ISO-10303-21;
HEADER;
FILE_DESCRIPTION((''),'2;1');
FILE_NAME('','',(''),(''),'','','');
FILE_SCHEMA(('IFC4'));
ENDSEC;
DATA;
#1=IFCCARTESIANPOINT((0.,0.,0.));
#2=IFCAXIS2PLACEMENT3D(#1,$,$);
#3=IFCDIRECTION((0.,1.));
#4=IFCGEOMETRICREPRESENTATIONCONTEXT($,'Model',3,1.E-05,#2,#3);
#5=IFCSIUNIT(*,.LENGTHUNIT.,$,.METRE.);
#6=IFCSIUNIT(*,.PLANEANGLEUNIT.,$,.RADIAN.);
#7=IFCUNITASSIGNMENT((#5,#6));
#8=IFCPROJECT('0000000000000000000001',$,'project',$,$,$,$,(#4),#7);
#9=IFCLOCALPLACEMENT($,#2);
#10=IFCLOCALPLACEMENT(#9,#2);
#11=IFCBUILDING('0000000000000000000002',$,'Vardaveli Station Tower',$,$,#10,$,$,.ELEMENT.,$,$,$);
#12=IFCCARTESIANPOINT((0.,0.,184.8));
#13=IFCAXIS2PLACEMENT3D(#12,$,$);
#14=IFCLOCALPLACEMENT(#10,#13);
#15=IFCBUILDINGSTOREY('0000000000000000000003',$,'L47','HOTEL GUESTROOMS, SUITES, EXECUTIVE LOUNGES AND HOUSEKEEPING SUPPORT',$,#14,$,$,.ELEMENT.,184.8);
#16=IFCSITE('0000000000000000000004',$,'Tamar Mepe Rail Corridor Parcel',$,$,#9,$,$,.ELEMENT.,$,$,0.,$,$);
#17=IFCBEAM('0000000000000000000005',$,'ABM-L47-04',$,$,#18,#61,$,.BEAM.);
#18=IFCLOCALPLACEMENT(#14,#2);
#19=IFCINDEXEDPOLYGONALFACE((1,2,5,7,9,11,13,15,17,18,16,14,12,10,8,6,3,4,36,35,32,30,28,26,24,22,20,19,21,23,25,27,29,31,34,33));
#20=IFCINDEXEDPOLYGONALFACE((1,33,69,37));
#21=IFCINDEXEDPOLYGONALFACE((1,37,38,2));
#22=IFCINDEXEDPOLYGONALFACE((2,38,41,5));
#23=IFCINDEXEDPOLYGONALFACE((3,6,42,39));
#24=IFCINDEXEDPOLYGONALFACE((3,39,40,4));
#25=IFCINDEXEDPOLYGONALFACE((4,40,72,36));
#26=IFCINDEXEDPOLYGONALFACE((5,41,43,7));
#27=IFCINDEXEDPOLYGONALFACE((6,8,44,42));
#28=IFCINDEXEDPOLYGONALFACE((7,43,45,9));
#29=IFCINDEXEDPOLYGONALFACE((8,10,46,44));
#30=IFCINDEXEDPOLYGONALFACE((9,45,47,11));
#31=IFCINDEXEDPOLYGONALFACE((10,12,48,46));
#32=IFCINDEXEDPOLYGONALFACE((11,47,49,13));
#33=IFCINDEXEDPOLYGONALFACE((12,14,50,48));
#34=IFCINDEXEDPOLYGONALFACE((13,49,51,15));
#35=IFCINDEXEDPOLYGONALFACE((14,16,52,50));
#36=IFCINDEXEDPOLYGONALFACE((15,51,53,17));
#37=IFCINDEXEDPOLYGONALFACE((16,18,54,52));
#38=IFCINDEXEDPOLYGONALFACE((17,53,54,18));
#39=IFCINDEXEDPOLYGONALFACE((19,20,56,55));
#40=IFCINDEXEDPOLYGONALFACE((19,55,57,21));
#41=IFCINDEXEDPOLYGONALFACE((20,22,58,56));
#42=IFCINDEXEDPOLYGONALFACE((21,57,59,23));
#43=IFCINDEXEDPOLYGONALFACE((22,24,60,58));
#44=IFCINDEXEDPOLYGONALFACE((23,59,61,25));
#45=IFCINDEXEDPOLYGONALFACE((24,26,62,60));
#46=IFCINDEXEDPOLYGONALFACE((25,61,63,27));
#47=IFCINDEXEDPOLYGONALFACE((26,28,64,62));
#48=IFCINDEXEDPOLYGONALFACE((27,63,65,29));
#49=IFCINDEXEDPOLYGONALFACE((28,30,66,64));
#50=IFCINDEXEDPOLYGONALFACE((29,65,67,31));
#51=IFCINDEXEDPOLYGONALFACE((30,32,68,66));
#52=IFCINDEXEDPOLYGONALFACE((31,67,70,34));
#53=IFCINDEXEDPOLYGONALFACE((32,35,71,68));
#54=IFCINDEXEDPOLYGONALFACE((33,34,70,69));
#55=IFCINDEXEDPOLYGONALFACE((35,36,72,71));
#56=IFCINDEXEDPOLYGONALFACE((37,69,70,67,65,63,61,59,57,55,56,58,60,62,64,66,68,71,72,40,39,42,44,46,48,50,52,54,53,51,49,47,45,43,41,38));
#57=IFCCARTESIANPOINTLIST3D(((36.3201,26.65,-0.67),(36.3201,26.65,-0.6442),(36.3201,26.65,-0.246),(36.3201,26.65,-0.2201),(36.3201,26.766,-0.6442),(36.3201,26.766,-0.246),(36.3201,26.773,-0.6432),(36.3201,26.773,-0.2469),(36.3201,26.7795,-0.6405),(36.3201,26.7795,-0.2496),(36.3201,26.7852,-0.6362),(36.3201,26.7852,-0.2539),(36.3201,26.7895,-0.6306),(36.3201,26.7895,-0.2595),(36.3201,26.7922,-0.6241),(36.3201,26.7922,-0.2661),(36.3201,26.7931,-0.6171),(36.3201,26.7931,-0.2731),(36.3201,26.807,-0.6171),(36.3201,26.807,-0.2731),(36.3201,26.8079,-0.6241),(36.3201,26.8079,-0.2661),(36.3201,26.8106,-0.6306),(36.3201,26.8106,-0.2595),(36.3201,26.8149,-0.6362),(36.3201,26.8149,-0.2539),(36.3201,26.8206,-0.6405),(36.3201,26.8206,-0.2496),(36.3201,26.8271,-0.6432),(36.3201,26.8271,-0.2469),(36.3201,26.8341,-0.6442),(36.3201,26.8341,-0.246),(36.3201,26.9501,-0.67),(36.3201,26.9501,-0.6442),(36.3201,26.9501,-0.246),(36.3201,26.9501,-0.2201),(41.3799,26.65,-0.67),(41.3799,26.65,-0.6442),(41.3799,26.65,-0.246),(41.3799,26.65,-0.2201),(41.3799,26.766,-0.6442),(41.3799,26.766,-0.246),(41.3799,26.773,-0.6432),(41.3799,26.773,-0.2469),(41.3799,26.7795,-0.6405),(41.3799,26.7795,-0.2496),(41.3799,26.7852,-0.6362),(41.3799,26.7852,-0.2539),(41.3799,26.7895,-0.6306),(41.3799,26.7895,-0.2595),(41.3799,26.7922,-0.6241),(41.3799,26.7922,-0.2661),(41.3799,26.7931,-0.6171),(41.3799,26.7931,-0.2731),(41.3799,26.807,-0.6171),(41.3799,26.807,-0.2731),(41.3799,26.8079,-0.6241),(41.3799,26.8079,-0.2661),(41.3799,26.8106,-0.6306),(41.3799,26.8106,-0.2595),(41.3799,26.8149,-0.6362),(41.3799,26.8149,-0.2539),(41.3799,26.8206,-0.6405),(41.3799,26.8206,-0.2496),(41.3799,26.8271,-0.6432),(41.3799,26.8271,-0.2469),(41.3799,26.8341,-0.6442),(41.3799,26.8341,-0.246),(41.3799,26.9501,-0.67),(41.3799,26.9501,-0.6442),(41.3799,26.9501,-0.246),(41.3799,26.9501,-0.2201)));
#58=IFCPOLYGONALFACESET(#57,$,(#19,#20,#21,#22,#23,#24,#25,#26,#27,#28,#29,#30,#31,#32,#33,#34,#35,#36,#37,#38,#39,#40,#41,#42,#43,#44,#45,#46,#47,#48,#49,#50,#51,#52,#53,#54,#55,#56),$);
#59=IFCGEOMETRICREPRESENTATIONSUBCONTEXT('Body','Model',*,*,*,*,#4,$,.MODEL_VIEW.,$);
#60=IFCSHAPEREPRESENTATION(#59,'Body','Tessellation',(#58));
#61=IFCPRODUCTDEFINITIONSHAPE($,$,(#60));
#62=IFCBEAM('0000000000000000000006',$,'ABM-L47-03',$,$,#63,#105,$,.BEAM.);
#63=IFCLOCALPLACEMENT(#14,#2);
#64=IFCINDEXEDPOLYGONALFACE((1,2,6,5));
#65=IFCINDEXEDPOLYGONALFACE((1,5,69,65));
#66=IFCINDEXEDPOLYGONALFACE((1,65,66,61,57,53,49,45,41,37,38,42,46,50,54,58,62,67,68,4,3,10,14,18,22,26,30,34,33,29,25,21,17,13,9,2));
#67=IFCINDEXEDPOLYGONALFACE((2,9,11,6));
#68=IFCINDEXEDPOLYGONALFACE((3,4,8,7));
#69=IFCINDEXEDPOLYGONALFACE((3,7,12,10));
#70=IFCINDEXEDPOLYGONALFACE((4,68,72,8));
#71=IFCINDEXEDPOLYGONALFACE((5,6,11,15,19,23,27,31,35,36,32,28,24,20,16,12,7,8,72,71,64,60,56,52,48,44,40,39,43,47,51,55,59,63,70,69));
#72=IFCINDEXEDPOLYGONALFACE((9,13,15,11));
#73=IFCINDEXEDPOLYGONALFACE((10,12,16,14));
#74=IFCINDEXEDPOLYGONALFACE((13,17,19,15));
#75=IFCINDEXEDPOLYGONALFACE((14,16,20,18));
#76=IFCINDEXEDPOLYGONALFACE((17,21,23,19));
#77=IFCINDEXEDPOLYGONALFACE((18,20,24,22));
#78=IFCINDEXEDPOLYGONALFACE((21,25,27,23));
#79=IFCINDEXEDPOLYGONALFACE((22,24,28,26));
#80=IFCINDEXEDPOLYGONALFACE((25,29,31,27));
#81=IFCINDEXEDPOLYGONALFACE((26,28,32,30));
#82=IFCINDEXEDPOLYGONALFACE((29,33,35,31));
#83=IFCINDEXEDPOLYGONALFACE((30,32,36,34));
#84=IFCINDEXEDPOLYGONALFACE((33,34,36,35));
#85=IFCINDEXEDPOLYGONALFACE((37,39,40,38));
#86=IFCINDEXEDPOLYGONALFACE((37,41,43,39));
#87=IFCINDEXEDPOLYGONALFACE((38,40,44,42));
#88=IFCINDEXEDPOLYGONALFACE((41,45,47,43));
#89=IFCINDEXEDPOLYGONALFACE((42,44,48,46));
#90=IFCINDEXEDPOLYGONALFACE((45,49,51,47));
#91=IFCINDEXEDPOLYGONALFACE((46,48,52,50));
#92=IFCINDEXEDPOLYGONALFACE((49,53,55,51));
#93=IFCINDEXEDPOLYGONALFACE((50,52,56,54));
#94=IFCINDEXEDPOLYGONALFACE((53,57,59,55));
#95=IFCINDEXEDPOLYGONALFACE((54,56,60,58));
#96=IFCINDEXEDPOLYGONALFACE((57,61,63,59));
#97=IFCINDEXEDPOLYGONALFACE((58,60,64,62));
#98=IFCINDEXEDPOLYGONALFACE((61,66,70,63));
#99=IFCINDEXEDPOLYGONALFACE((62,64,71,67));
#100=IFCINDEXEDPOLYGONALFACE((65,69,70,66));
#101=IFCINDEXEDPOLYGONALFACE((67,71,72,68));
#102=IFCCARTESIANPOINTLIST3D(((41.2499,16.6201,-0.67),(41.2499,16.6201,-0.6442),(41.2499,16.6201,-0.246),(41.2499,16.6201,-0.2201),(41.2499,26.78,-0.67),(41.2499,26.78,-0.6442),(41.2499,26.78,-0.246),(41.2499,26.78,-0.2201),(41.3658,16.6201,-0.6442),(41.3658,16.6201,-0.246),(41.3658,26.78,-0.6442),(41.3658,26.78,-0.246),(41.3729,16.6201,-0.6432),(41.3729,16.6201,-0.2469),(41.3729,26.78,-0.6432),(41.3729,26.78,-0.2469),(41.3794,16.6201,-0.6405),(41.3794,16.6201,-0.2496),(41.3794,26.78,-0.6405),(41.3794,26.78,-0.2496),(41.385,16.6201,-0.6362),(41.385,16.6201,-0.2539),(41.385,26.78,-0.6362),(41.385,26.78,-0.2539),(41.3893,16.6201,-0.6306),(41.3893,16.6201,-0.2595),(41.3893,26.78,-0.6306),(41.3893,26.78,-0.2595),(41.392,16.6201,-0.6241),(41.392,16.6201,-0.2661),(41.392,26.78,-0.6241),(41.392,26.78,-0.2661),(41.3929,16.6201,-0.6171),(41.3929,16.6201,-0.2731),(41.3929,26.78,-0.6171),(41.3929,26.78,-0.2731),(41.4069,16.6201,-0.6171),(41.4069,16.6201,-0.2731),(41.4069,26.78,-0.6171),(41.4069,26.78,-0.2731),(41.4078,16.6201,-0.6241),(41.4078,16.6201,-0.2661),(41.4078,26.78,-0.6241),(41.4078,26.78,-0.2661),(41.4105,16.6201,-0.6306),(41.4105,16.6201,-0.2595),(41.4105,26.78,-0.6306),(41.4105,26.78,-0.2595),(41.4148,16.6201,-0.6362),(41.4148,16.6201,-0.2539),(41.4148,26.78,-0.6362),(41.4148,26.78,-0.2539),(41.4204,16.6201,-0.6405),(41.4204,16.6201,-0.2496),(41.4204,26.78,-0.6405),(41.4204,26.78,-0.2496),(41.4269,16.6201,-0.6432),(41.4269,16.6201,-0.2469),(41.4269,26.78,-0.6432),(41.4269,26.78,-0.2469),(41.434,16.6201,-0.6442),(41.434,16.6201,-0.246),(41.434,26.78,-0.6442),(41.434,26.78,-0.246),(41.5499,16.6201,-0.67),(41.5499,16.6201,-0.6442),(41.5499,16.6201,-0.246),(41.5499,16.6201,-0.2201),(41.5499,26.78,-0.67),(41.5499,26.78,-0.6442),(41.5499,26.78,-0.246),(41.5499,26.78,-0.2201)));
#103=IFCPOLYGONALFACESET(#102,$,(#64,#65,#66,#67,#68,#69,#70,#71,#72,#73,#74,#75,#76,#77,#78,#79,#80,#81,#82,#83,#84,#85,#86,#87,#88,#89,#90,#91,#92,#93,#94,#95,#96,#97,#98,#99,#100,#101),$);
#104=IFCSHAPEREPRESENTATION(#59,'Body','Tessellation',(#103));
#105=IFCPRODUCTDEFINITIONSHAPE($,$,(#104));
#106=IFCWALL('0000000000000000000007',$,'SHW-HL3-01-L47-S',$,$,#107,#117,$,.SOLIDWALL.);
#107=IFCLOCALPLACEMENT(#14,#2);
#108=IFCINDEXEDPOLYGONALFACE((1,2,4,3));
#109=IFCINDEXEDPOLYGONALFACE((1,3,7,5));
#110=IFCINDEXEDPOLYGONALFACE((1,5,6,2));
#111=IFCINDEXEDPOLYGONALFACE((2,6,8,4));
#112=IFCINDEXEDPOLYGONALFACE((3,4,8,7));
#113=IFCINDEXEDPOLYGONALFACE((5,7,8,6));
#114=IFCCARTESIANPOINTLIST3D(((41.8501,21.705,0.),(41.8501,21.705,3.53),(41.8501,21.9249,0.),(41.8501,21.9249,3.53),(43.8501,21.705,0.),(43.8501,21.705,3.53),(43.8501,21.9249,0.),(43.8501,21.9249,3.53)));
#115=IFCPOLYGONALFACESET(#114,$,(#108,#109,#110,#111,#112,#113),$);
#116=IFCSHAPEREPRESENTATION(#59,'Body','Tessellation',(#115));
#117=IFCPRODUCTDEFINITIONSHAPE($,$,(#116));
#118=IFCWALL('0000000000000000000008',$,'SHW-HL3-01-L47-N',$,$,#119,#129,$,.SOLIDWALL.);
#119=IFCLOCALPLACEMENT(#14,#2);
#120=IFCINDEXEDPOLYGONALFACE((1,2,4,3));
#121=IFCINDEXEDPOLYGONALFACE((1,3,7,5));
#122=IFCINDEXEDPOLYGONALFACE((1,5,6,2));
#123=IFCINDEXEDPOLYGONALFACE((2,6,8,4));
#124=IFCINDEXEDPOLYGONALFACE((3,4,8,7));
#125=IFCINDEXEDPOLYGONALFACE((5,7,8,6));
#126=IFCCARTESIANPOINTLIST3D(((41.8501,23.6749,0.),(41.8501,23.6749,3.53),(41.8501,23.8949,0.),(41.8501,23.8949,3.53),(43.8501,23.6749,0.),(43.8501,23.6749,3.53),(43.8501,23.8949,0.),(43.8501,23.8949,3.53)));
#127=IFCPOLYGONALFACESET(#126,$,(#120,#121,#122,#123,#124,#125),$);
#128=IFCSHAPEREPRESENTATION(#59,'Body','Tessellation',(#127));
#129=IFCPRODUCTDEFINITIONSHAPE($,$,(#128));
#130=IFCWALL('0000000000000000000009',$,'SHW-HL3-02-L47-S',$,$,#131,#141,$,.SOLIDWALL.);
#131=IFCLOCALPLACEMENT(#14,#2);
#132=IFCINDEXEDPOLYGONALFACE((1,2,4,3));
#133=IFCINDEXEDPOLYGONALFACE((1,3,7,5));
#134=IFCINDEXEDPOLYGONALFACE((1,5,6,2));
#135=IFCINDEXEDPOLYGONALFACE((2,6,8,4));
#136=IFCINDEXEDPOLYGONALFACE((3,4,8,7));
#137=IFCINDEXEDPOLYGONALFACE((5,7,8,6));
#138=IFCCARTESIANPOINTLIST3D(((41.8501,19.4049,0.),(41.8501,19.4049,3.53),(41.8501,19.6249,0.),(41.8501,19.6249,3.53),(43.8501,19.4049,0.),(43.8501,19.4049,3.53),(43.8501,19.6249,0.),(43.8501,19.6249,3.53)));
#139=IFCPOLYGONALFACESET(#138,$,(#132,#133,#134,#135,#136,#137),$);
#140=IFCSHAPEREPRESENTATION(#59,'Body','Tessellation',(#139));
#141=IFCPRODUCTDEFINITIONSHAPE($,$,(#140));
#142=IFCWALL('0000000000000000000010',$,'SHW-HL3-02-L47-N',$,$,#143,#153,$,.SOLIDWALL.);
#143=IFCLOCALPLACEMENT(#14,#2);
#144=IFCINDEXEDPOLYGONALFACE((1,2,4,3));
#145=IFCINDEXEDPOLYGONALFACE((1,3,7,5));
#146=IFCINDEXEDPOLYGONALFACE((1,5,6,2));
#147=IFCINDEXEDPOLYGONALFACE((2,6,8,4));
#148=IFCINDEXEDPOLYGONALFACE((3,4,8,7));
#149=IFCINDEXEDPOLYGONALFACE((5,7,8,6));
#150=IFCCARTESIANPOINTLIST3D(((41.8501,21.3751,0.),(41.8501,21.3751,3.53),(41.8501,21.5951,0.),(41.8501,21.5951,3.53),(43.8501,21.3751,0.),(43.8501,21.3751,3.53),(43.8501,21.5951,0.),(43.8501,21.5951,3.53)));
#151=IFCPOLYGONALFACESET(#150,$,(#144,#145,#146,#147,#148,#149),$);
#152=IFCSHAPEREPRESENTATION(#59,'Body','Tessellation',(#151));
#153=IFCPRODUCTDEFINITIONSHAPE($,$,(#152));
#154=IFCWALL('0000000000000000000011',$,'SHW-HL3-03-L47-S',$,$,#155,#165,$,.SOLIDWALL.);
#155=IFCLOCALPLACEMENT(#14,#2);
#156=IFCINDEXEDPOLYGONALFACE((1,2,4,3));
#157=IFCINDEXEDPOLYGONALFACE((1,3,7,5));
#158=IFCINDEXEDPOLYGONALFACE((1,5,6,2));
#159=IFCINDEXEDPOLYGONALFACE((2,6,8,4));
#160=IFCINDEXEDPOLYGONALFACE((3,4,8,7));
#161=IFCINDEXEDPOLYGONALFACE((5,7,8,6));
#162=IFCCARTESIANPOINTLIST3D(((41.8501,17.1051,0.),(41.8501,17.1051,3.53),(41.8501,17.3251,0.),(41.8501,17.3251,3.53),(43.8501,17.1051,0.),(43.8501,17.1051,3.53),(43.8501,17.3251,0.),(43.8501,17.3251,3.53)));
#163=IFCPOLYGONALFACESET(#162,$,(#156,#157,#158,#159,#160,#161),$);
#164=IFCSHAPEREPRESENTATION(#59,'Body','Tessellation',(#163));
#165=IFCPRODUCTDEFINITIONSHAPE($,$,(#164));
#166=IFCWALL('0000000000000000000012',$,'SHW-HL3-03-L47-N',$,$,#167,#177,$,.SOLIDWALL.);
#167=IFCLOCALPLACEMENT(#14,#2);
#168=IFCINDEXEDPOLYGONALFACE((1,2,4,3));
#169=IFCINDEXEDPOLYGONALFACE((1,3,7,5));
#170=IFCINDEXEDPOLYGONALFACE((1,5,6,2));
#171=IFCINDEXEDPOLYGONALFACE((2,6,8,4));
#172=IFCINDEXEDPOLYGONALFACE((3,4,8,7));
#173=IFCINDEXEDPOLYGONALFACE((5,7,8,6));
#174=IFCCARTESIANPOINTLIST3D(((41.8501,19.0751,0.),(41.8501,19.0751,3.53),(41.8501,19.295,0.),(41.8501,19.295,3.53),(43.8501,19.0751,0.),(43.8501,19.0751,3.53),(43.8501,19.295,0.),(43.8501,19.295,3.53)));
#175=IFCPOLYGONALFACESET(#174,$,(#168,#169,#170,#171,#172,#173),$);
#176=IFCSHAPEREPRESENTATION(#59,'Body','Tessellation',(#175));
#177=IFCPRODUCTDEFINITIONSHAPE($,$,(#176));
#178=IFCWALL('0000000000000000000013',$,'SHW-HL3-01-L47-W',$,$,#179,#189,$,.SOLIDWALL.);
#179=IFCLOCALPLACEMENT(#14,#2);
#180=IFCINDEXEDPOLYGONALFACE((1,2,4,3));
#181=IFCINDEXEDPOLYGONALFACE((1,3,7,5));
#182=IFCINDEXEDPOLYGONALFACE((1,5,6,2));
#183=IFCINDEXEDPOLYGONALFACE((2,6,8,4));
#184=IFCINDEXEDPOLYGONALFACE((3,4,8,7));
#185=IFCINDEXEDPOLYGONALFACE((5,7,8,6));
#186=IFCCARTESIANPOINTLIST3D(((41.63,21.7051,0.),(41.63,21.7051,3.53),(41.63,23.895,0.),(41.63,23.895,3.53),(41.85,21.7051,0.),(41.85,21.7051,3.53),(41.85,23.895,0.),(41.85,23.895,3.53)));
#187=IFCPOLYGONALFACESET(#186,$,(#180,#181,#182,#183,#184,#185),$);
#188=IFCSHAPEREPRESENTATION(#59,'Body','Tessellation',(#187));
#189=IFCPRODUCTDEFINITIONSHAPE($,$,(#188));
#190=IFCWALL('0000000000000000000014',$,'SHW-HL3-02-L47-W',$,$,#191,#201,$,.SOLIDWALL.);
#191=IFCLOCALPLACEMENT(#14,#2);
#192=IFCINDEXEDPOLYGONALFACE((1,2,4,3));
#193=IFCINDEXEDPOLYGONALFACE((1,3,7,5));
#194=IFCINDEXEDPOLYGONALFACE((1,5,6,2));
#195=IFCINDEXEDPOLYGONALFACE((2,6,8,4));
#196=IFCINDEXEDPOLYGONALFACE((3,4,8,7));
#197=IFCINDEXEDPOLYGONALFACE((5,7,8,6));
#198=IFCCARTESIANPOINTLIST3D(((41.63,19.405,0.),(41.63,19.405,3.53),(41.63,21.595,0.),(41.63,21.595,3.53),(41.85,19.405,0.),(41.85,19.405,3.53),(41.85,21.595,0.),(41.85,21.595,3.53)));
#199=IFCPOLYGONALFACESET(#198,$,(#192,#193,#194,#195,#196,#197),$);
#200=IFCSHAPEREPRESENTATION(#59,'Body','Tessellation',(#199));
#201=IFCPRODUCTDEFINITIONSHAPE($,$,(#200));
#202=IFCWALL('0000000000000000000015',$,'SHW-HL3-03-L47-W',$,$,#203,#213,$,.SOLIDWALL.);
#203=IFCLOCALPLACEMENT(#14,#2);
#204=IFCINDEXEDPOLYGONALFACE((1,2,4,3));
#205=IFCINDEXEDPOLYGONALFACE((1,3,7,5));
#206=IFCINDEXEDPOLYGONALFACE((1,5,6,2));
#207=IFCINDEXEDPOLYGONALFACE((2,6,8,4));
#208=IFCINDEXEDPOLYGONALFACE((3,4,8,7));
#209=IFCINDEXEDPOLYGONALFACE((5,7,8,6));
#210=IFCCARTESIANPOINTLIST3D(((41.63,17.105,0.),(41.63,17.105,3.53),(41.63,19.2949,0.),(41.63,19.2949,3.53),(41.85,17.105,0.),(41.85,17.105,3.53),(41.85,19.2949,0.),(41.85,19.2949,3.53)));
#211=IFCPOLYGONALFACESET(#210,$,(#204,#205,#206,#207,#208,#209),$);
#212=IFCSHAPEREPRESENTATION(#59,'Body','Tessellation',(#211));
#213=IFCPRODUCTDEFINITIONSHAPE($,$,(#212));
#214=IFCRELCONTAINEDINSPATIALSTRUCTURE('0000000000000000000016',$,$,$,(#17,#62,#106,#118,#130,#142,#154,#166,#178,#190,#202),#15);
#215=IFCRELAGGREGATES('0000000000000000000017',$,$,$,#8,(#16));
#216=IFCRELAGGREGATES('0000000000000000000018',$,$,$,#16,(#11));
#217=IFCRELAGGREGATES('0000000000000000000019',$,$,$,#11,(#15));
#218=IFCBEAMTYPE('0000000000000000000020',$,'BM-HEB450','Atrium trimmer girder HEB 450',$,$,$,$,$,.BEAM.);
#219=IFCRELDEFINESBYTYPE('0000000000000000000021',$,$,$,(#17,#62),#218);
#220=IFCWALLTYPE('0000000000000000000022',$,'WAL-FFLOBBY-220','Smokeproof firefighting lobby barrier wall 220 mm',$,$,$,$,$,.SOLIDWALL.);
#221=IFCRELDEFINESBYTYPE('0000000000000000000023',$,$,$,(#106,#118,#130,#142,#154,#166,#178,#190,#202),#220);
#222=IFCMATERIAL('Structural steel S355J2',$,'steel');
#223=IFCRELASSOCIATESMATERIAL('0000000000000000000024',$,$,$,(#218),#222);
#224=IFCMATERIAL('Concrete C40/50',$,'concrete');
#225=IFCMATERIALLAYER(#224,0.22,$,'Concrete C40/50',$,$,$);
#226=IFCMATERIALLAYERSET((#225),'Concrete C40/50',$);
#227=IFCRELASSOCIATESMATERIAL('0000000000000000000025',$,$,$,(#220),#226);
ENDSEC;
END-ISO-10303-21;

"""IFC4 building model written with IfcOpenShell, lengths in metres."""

from ifc_helpers import new_model, si_unit, direction, frame, frame_2d, origin, origin_2d, place, context, subcontext, project, spatial, rectangle, i_section, extrude, source, transform, mapped, material, layer, layer_set, material_profile, profile_set, type_object, element, save


model = new_model("IFC4")

# Units and contexts
model_context = context("Model", 3, precision=1e-05, world=origin(), true_north=direction((0.0, 1.0)))
body_context = subcontext(model_context, "Body", "Model", "MODEL_VIEW")
ifc_project = project(units=[si_unit("LENGTHUNIT", "METRE"), si_unit("PLANEANGLEUNIT", "RADIAN")], contexts=[model_context])

# Site, building, storey
site_placement = place(None, origin())
site = spatial("IfcSite", under=ifc_project, at=site_placement, Name="Tamar Mepe Rail Corridor Parcel", CompositionType="ELEMENT", RefElevation=0.0)
building_placement = place(site_placement, origin())
building = spatial("IfcBuilding", under=site, at=building_placement, Name="Vardaveli Station Tower", CompositionType="ELEMENT")
storey_placement = place(building_placement, frame((0.0, 0.0, 184.8)))
storey = spatial("IfcBuildingStorey", under=building, at=storey_placement, Name="L47", Description="HOTEL GUESTROOMS, SUITES, EXECUTIVE LOUNGES AND HOUSEKEEPING SUPPORT", CompositionType="ELEMENT", Elevation=184.8)

# Beams
ifc_material_1 = material(Name="Structural steel S355J2", Category="steel")
ifc_material_profile_1 = material_profile(ifc_material_1, i_section(OverallWidth=0.3, OverallDepth=0.45, WebThickness=0.0139, FlangeThickness=0.0259, FilletRadius=0.0271, at=origin_2d()), Name="HEB 450")
ifc_profile_set_1 = profile_set([ifc_material_profile_1], Name="Structural steel S355J2")
beam_type = type_object("IfcBeamType", Name="BM-HEB450", Description="Atrium trimmer girder HEB 450", PredefinedType="BEAM", material=ifc_profile_set_1)
shared_shape_1 = source(origin(), body_context, "Body", "SweptSolid", [
    extrude(i_section(OverallWidth=0.3, OverallDepth=0.45, WebThickness=0.0139, FlangeThickness=0.0259, FilletRadius=0.0271, at=origin_2d()), origin(), (0.0, 0.0, 1.0), 5.0598),
])
beam_1_placement = place(storey_placement, frame((41.3799, 26.8, -0.4451), z_axis=(-1.0, 0.0, 0.0), x_axis=(0.0, -1.0, 0.0)))
element("IfcBeam", 1, at=beam_1_placement, inside=storey, type_object=beam_type, Name="ABM-L47-04", PredefinedType="BEAM", context=body_context, shape_type="MappedRepresentation", body=[
    mapped(shared_shape_1, transform((0.0, 0.0, 0.0), scale=1.0)),
])
shared_shape_2 = source(origin(), body_context, "Body", "SweptSolid", [
    extrude(i_section(OverallWidth=0.3, OverallDepth=0.45, WebThickness=0.0139, FlangeThickness=0.0259, FilletRadius=0.0271, at=origin_2d()), origin(), (0.0, 0.0, 1.0), 10.1599),
])
beam_2_placement = place(storey_placement, frame((41.3999, 16.6201, -0.4451), z_axis=(0.0, 1.0, 0.0), x_axis=(-1.0, 0.0, 0.0)))
element("IfcBeam", 2, at=beam_2_placement, inside=storey, type_object=beam_type, Name="ABM-L47-03", PredefinedType="BEAM", context=body_context, shape_type="MappedRepresentation", body=[
    mapped(shared_shape_2, transform((0.0, 0.0, 0.0), scale=1.0)),
])

# Walls
ifc_material_2 = material(Name="Concrete C40/50", Category="concrete")
ifc_layer_1 = layer(ifc_material_2, 0.22, Name="Concrete C40/50")
ifc_layer_set_1 = layer_set([ifc_layer_1], Name="Concrete C40/50")
wall_type_1 = type_object("IfcWallType", Name="WAL-FFLOBBY-220", Description="Smokeproof firefighting lobby barrier wall 220 mm", PredefinedType="SOLIDWALL", material=ifc_layer_set_1)
shared_shape_3 = source(origin(), body_context, "Body", "SweptSolid", [
    extrude(rectangle(XDim=2.0, YDim=0.22, at=frame_2d((1.0, 0.0))), origin(), (0.0, 0.0, 1.0), 3.53),
])
for number, where, z_axis, x_axis, name in (
    (3, (41.8501, 21.8149, 0.0), (0.0, 0.0, 1.0), (1.0, 0.0, 0.0), "SHW-HL3-01-L47-S"),
    (4, (41.8501, 23.7849, 0.0), (0.0, 0.0, 1.0), (1.0, 0.0, 0.0), "SHW-HL3-01-L47-N"),
    (5, (41.8501, 19.5149, 0.0), (0.0, 0.0, 1.0), (1.0, 0.0, 0.0), "SHW-HL3-02-L47-S"),
    (6, (41.8501, 21.4851, 0.0), (0.0, 0.0, 1.0), (1.0, 0.0, 0.0), "SHW-HL3-02-L47-N"),
    (7, (41.8501, 17.2151, 0.0), (0.0, 0.0, 1.0), (1.0, 0.0, 0.0), "SHW-HL3-03-L47-S"),
    (8, (41.8501, 19.1851, 0.0), (0.0, 0.0, 1.0), (1.0, 0.0, 0.0), "SHW-HL3-03-L47-N"),
):
    element("IfcWall", number, at=place(storey_placement, frame(where, z_axis=z_axis, x_axis=x_axis)), inside=storey, type_object=wall_type_1, Name=name, PredefinedType="SOLIDWALL", context=body_context, shape_type="MappedRepresentation", body=[
        mapped(shared_shape_3, transform((0.0, 0.0, 0.0), scale=1.0)),
    ])
shared_shape_4 = source(origin(), body_context, "Body", "SweptSolid", [
    extrude(rectangle(XDim=2.1899, YDim=0.22, at=frame_2d((1.095, 0.0))), origin(), (0.0, 0.0, 1.0), 3.53),
])
for number, where, z_axis, x_axis, name in (
    (9, (41.74, 21.7051, 0.0), (0.0, 0.0, 1.0), (0.0, 1.0, 0.0), "SHW-HL3-01-L47-W"),
    (10, (41.74, 19.405, 0.0), (0.0, 0.0, 1.0), (0.0, 1.0, 0.0), "SHW-HL3-02-L47-W"),
    (11, (41.74, 17.105, 0.0), (0.0, 0.0, 1.0), (0.0, 1.0, 0.0), "SHW-HL3-03-L47-W"),
):
    element("IfcWall", number, at=place(storey_placement, frame(where, z_axis=z_axis, x_axis=x_axis)), inside=storey, type_object=wall_type_1, Name=name, PredefinedType="SOLIDWALL", context=body_context, shape_type="MappedRepresentation", body=[
        mapped(shared_shape_4, transform((0.0, 0.0, 0.0), scale=1.0)),
    ])

save(model, "model.ifc")
